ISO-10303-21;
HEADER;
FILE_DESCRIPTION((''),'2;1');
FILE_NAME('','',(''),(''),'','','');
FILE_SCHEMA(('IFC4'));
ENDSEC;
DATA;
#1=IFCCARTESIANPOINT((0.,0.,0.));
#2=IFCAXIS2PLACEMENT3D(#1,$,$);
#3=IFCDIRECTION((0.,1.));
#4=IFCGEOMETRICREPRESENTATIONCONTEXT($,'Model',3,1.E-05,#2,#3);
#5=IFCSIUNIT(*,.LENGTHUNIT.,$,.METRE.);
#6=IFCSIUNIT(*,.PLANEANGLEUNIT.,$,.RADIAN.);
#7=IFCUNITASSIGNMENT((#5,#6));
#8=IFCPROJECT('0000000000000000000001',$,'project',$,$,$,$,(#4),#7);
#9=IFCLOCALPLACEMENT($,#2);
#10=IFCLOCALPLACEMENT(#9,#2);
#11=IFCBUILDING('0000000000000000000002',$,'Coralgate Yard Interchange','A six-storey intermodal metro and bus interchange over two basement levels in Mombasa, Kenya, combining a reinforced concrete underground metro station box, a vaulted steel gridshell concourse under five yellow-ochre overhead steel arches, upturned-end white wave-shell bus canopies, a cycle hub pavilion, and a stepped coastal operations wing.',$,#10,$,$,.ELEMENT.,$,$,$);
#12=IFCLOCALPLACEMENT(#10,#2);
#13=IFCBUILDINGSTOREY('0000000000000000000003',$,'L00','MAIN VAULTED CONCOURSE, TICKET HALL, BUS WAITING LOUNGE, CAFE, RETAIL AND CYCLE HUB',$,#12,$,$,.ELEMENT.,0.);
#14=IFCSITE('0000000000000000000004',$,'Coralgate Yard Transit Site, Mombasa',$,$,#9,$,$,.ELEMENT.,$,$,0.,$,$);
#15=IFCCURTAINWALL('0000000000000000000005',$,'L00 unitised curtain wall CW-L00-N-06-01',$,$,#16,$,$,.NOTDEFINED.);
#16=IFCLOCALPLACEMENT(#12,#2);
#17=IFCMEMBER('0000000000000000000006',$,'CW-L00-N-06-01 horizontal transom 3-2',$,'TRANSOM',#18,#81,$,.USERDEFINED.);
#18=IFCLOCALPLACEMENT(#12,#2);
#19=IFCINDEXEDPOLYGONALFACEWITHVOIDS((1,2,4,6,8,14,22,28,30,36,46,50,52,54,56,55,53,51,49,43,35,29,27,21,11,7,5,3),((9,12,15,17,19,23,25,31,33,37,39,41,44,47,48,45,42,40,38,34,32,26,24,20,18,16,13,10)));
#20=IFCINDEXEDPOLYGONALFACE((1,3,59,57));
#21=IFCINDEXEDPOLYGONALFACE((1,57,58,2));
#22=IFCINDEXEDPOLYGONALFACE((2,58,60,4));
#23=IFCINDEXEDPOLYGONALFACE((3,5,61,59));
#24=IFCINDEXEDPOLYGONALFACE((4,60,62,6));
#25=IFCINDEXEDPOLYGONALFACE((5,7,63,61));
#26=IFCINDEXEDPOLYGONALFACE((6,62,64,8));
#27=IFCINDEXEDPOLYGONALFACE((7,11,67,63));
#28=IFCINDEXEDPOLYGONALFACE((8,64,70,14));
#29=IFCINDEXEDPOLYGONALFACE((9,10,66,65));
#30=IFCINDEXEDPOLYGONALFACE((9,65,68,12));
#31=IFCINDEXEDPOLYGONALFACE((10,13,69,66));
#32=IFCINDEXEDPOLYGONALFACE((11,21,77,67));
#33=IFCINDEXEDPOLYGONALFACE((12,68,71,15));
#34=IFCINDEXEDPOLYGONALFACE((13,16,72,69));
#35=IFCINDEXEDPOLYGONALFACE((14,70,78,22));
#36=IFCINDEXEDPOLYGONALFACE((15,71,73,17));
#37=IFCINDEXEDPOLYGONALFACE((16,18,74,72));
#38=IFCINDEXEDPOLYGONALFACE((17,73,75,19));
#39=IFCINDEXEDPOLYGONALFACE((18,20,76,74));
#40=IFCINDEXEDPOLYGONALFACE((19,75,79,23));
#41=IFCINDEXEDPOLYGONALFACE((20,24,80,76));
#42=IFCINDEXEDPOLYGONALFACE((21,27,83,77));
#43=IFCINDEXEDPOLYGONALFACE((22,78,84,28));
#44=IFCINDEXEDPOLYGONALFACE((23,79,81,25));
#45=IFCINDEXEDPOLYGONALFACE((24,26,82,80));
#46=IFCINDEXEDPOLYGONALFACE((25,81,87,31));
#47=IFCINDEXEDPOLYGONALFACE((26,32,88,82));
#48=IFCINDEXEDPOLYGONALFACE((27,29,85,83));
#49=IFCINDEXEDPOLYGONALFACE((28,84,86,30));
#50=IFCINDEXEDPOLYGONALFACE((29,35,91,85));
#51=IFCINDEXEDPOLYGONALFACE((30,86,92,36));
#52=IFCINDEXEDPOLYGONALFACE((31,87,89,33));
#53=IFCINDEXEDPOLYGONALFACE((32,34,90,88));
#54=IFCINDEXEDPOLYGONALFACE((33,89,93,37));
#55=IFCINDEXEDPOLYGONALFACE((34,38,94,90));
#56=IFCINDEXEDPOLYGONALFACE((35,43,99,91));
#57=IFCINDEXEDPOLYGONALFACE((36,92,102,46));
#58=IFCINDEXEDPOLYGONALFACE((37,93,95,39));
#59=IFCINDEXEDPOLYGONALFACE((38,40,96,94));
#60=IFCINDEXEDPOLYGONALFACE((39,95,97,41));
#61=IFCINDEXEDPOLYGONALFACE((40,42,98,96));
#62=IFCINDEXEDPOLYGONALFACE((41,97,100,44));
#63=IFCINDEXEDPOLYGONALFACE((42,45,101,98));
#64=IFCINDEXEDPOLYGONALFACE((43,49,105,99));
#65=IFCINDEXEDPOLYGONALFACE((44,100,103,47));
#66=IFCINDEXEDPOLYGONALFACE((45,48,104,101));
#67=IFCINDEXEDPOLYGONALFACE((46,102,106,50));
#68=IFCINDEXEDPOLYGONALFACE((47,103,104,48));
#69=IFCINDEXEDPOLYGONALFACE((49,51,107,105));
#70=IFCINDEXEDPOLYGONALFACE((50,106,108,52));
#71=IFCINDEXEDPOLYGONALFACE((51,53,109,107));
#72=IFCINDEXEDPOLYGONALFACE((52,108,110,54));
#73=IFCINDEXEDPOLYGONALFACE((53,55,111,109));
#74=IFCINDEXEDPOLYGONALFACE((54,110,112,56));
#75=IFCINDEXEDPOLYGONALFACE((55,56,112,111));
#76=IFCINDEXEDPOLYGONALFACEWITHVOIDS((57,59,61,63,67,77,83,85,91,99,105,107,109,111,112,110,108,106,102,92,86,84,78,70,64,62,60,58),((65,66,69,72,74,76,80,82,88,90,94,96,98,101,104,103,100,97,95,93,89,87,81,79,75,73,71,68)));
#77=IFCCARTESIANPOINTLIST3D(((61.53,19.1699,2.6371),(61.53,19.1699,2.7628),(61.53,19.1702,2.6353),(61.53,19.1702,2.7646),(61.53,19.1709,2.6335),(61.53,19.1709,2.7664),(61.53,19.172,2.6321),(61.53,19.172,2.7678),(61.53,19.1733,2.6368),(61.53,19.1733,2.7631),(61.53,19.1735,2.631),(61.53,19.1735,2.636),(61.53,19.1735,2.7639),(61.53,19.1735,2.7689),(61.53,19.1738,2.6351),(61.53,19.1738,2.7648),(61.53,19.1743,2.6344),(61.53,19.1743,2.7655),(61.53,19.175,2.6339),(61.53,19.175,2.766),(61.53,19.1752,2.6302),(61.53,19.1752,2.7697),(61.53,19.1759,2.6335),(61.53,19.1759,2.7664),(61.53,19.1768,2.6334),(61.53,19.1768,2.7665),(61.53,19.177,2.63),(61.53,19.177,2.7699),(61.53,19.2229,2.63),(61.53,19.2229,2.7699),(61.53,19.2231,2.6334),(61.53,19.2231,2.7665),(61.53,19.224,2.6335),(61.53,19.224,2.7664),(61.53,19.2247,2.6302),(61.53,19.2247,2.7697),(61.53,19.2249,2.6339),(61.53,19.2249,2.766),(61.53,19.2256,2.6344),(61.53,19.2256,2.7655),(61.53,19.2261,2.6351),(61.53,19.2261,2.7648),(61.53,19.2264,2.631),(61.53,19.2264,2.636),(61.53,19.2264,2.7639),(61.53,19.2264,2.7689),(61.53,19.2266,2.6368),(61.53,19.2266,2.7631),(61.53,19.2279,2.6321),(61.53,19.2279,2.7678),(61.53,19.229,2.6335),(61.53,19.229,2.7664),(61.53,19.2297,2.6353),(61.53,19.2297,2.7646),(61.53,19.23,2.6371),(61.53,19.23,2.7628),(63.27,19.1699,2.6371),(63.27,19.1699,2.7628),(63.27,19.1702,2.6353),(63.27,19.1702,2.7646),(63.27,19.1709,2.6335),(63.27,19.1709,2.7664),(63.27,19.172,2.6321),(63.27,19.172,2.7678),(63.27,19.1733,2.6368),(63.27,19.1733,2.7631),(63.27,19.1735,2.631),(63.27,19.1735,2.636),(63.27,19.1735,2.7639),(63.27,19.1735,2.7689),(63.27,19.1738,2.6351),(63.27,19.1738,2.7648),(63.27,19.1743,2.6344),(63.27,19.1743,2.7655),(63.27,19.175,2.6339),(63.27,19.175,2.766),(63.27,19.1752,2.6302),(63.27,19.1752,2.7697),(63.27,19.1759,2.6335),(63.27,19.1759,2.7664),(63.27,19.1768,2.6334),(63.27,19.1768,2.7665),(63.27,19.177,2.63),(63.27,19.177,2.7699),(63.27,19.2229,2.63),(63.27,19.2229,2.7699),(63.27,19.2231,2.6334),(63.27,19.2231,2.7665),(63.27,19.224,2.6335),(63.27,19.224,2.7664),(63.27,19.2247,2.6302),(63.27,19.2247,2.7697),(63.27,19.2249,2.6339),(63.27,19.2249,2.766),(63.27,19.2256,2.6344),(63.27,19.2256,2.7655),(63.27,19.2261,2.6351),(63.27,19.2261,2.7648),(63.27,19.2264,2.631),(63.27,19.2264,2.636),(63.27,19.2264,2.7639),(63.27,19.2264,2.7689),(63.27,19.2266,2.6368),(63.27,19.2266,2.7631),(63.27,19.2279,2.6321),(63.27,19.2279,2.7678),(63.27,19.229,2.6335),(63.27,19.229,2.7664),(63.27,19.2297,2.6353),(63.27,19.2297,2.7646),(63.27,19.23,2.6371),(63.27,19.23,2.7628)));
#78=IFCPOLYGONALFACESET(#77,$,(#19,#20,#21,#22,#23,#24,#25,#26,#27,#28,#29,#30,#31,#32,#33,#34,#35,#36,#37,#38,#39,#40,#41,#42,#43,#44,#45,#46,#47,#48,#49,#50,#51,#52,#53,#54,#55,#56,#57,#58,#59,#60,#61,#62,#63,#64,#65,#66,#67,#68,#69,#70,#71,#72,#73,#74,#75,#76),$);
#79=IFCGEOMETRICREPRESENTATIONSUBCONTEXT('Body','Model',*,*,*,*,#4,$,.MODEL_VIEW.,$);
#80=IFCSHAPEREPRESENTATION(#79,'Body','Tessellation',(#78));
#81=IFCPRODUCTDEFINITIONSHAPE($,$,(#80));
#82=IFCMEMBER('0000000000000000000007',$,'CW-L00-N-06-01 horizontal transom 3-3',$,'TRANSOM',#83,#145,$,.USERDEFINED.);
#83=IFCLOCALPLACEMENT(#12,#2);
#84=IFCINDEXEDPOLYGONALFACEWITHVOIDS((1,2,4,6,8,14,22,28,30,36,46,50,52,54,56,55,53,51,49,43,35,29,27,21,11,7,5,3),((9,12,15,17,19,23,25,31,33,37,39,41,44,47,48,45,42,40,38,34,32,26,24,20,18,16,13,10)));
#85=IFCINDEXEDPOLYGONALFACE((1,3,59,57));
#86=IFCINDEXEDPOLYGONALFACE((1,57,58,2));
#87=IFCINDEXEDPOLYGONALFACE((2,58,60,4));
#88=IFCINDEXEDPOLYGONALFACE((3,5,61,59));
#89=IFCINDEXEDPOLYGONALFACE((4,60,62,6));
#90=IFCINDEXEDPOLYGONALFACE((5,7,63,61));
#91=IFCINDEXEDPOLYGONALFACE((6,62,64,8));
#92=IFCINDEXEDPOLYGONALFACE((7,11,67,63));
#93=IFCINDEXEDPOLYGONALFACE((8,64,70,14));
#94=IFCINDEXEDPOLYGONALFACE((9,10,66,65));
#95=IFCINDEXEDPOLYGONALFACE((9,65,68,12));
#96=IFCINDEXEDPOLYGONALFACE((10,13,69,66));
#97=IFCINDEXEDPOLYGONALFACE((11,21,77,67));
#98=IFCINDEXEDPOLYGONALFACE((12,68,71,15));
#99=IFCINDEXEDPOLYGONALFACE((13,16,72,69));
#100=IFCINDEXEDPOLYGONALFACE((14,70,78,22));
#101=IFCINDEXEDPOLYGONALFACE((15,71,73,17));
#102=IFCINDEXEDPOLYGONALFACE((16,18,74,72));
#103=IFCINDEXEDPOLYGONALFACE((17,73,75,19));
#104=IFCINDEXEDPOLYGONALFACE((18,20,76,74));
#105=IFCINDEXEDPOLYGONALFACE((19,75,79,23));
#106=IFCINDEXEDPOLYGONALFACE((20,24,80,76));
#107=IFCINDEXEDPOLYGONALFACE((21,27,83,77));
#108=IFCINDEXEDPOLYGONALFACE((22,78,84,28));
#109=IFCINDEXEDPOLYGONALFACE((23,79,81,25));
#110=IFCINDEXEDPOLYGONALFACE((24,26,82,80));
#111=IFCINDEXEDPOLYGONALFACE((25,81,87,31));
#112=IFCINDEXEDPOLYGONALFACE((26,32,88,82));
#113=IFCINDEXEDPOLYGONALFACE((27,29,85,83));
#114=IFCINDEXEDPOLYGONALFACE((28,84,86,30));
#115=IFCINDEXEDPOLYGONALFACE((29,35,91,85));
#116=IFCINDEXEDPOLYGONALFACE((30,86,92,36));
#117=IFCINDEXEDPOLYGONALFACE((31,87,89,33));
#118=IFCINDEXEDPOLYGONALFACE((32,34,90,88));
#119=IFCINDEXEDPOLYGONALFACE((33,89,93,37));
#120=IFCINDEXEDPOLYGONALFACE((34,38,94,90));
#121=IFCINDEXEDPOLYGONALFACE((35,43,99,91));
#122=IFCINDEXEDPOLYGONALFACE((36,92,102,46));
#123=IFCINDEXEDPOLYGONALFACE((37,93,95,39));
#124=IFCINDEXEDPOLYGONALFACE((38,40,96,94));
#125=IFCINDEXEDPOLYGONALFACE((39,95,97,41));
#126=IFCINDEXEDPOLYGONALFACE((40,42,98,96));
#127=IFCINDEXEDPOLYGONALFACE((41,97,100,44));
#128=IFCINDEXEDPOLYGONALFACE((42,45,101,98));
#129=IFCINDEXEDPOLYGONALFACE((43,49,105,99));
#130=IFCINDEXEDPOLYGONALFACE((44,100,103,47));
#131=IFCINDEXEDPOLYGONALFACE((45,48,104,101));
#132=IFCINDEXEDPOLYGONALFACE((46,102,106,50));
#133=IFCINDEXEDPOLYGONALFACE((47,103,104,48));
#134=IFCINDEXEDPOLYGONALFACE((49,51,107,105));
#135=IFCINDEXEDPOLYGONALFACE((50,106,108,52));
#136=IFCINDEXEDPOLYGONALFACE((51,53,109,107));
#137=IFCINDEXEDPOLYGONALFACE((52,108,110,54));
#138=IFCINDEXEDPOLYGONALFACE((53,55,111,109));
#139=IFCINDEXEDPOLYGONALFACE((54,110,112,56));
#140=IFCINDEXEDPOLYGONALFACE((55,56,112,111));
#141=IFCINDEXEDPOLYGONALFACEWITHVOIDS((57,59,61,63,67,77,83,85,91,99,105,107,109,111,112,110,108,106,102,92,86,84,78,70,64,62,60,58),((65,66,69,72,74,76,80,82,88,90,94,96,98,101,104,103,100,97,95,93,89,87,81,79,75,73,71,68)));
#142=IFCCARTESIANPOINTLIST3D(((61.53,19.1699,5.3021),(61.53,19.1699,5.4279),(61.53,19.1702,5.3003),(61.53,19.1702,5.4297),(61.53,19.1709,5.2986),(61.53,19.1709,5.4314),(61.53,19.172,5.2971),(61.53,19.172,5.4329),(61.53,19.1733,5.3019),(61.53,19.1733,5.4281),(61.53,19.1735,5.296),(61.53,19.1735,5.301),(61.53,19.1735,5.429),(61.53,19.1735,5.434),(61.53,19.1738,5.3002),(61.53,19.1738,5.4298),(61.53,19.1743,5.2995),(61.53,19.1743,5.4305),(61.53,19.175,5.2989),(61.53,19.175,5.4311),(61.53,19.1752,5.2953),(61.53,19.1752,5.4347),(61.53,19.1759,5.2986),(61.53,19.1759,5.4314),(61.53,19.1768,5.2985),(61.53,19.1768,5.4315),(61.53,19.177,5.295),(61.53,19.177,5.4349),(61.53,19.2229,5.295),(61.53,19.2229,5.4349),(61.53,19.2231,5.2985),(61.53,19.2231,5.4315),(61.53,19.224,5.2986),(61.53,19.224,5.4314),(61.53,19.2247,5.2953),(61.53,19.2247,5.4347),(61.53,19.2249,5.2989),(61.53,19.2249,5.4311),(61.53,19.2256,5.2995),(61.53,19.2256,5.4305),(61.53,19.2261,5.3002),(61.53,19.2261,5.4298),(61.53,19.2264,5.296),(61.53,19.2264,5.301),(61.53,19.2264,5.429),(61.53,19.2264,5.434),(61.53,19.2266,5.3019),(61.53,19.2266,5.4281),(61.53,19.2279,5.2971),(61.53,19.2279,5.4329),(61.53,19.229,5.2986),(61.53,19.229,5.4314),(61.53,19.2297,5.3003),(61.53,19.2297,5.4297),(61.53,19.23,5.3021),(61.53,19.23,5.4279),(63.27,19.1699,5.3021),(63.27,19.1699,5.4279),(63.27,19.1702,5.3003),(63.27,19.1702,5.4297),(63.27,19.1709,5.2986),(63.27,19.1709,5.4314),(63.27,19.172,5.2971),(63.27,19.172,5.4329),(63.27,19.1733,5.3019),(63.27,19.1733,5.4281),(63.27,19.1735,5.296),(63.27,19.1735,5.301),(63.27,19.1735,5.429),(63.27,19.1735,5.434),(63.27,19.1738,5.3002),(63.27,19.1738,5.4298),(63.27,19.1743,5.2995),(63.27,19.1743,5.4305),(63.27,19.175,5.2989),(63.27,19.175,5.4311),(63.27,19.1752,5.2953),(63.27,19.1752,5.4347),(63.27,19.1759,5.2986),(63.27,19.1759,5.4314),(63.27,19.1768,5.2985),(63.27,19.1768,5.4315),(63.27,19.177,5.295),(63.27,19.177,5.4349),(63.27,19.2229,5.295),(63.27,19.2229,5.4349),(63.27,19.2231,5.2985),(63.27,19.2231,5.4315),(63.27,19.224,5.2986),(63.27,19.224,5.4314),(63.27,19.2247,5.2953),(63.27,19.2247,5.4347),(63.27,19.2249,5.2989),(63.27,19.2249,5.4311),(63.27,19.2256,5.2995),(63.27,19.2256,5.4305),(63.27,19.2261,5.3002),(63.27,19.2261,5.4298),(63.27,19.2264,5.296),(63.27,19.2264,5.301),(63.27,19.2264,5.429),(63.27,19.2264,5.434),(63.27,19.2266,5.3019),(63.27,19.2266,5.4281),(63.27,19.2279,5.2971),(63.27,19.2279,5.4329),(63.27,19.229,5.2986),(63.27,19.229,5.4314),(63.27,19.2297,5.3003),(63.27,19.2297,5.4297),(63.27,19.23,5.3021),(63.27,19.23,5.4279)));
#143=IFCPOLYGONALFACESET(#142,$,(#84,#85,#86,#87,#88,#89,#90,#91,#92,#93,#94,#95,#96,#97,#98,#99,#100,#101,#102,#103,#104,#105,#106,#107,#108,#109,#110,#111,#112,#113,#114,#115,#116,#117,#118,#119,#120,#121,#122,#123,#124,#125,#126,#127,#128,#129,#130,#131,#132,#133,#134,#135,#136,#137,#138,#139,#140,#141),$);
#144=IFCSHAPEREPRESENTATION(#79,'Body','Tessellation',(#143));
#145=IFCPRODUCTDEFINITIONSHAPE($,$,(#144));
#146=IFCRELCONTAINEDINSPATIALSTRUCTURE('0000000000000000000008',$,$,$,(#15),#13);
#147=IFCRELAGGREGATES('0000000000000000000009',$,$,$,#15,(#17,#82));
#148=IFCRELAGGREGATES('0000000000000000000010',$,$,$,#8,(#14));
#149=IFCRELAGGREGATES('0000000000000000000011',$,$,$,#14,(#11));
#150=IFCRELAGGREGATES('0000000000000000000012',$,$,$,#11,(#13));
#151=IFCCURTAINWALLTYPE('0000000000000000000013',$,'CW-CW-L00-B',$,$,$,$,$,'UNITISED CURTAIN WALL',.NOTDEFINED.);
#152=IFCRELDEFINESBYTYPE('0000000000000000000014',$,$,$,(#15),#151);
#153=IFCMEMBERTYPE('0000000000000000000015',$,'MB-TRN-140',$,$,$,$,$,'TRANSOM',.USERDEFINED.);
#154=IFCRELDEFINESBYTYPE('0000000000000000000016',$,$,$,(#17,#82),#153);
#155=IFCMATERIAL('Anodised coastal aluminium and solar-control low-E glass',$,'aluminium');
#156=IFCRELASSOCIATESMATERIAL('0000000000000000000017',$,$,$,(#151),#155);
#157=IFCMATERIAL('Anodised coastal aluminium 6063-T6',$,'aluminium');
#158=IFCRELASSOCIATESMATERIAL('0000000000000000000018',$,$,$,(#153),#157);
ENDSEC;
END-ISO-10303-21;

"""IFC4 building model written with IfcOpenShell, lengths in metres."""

from ifc_helpers import new_model, si_unit, direction, frame, origin, origin_2d, place, context, subcontext, project, spatial, hollow_rectangle, extrude, material, material_profile, profile_set, type_object, element, aggregate, save


model = new_model("IFC4")

# Units and contexts
model_context = context("Model", 3, precision=1e-05, world=origin(), true_north=direction((0.0, 1.0)))
body_context = subcontext(model_context, "Body", "Model", "MODEL_VIEW")
ifc_project = project(units=[si_unit("LENGTHUNIT", "METRE"), si_unit("PLANEANGLEUNIT", "RADIAN")], contexts=[model_context])

# Site, building, storey
site_placement = place(None, origin())
site = spatial("IfcSite", under=ifc_project, at=site_placement, Name="Coralgate Yard Transit Site, Mombasa", CompositionType="ELEMENT", RefElevation=0.0)
building_placement = place(site_placement, origin())
building = spatial("IfcBuilding", under=site, at=building_placement, Name="Coralgate Yard Interchange", Description="A six-storey intermodal metro and bus interchange over two basement levels in Mombasa, Kenya, combining a reinforced concrete underground metro station box, a vaulted steel gridshell concourse under five yellow-ochre overhead steel arches, upturned-end white wave-shell bus canopies, a cycle hub pavilion, and a stepped coastal operations wing.", CompositionType="ELEMENT")
storey_placement = place(building_placement, origin())
storey = spatial("IfcBuildingStorey", under=building, at=storey_placement, Name="L00", Description="MAIN VAULTED CONCOURSE, TICKET HALL, BUS WAITING LOUNGE, CAFE, RETAIL AND CYCLE HUB", CompositionType="ELEMENT", Elevation=0.0)

# Curtain wall, members
ifc_material_1 = material(Name="Anodised coastal aluminium and solar-control low-E glass", Category="aluminium")
curtain_wall_type = type_object("IfcCurtainWallType", Name="CW-CW-L00-B", ElementType="UNITISED CURTAIN WALL", PredefinedType="NOTDEFINED", material=ifc_material_1)
curtain_wall_placement = place(storey_placement, origin())
curtain_wall = element("IfcCurtainWall", 1, at=curtain_wall_placement, inside=storey, type_object=curtain_wall_type, Name="L00 unitised curtain wall CW-L00-N-06-01", PredefinedType="NOTDEFINED")
ifc_material_2 = material(Name="Anodised coastal aluminium 6063-T6", Category="aluminium")
ifc_material_profile_1 = material_profile(ifc_material_2, hollow_rectangle(XDim=0.0601, YDim=0.1399, WallThickness=0.0034, InnerFilletRadius=0.0034, OuterFilletRadius=0.0071, at=origin_2d()), Name="ALU 60x140x3.5")
ifc_profile_set_1 = profile_set([ifc_material_profile_1], Name="Anodised coastal aluminium 6063-T6")
member_type_1 = type_object("IfcMemberType", Name="MB-TRN-140", ElementType="TRANSOM", PredefinedType="USERDEFINED", material=ifc_profile_set_1)
member_1_placement = place(storey_placement, frame((61.53, 19.2, 2.7), z_axis=(1.0, 0.0, 0.0), x_axis=(0.0, 1.0, 0.0)))
member_1 = element("IfcMember", 2, at=member_1_placement, type_object=member_type_1, Name="CW-L00-N-06-01 horizontal transom 3-2", ObjectType="TRANSOM", PredefinedType="USERDEFINED", context=body_context, shape_type="SweptSolid", body=[
    extrude(hollow_rectangle(XDim=0.0601, YDim=0.1399, WallThickness=0.0034, InnerFilletRadius=0.0034, OuterFilletRadius=0.0071, at=origin_2d()), origin(), (0.0, 0.0, 1.0), 1.74),
])
member_2_placement = place(storey_placement, frame((61.53, 19.2, 5.365), z_axis=(1.0, 0.0, 0.0), x_axis=(0.0, 1.0, 0.0)))
member_2 = element("IfcMember", 3, at=member_2_placement, type_object=member_type_1, Name="CW-L00-N-06-01 horizontal transom 3-3", ObjectType="TRANSOM", PredefinedType="USERDEFINED", context=body_context, shape_type="SweptSolid", body=[
    extrude(hollow_rectangle(XDim=0.0601, YDim=0.1399, WallThickness=0.0034, InnerFilletRadius=0.0034, OuterFilletRadius=0.0071, at=origin_2d()), origin(), (0.0, 0.0, 1.0), 1.74),
])
aggregate(curtain_wall, [member_1, member_2])

save(model, "model.ifc")
